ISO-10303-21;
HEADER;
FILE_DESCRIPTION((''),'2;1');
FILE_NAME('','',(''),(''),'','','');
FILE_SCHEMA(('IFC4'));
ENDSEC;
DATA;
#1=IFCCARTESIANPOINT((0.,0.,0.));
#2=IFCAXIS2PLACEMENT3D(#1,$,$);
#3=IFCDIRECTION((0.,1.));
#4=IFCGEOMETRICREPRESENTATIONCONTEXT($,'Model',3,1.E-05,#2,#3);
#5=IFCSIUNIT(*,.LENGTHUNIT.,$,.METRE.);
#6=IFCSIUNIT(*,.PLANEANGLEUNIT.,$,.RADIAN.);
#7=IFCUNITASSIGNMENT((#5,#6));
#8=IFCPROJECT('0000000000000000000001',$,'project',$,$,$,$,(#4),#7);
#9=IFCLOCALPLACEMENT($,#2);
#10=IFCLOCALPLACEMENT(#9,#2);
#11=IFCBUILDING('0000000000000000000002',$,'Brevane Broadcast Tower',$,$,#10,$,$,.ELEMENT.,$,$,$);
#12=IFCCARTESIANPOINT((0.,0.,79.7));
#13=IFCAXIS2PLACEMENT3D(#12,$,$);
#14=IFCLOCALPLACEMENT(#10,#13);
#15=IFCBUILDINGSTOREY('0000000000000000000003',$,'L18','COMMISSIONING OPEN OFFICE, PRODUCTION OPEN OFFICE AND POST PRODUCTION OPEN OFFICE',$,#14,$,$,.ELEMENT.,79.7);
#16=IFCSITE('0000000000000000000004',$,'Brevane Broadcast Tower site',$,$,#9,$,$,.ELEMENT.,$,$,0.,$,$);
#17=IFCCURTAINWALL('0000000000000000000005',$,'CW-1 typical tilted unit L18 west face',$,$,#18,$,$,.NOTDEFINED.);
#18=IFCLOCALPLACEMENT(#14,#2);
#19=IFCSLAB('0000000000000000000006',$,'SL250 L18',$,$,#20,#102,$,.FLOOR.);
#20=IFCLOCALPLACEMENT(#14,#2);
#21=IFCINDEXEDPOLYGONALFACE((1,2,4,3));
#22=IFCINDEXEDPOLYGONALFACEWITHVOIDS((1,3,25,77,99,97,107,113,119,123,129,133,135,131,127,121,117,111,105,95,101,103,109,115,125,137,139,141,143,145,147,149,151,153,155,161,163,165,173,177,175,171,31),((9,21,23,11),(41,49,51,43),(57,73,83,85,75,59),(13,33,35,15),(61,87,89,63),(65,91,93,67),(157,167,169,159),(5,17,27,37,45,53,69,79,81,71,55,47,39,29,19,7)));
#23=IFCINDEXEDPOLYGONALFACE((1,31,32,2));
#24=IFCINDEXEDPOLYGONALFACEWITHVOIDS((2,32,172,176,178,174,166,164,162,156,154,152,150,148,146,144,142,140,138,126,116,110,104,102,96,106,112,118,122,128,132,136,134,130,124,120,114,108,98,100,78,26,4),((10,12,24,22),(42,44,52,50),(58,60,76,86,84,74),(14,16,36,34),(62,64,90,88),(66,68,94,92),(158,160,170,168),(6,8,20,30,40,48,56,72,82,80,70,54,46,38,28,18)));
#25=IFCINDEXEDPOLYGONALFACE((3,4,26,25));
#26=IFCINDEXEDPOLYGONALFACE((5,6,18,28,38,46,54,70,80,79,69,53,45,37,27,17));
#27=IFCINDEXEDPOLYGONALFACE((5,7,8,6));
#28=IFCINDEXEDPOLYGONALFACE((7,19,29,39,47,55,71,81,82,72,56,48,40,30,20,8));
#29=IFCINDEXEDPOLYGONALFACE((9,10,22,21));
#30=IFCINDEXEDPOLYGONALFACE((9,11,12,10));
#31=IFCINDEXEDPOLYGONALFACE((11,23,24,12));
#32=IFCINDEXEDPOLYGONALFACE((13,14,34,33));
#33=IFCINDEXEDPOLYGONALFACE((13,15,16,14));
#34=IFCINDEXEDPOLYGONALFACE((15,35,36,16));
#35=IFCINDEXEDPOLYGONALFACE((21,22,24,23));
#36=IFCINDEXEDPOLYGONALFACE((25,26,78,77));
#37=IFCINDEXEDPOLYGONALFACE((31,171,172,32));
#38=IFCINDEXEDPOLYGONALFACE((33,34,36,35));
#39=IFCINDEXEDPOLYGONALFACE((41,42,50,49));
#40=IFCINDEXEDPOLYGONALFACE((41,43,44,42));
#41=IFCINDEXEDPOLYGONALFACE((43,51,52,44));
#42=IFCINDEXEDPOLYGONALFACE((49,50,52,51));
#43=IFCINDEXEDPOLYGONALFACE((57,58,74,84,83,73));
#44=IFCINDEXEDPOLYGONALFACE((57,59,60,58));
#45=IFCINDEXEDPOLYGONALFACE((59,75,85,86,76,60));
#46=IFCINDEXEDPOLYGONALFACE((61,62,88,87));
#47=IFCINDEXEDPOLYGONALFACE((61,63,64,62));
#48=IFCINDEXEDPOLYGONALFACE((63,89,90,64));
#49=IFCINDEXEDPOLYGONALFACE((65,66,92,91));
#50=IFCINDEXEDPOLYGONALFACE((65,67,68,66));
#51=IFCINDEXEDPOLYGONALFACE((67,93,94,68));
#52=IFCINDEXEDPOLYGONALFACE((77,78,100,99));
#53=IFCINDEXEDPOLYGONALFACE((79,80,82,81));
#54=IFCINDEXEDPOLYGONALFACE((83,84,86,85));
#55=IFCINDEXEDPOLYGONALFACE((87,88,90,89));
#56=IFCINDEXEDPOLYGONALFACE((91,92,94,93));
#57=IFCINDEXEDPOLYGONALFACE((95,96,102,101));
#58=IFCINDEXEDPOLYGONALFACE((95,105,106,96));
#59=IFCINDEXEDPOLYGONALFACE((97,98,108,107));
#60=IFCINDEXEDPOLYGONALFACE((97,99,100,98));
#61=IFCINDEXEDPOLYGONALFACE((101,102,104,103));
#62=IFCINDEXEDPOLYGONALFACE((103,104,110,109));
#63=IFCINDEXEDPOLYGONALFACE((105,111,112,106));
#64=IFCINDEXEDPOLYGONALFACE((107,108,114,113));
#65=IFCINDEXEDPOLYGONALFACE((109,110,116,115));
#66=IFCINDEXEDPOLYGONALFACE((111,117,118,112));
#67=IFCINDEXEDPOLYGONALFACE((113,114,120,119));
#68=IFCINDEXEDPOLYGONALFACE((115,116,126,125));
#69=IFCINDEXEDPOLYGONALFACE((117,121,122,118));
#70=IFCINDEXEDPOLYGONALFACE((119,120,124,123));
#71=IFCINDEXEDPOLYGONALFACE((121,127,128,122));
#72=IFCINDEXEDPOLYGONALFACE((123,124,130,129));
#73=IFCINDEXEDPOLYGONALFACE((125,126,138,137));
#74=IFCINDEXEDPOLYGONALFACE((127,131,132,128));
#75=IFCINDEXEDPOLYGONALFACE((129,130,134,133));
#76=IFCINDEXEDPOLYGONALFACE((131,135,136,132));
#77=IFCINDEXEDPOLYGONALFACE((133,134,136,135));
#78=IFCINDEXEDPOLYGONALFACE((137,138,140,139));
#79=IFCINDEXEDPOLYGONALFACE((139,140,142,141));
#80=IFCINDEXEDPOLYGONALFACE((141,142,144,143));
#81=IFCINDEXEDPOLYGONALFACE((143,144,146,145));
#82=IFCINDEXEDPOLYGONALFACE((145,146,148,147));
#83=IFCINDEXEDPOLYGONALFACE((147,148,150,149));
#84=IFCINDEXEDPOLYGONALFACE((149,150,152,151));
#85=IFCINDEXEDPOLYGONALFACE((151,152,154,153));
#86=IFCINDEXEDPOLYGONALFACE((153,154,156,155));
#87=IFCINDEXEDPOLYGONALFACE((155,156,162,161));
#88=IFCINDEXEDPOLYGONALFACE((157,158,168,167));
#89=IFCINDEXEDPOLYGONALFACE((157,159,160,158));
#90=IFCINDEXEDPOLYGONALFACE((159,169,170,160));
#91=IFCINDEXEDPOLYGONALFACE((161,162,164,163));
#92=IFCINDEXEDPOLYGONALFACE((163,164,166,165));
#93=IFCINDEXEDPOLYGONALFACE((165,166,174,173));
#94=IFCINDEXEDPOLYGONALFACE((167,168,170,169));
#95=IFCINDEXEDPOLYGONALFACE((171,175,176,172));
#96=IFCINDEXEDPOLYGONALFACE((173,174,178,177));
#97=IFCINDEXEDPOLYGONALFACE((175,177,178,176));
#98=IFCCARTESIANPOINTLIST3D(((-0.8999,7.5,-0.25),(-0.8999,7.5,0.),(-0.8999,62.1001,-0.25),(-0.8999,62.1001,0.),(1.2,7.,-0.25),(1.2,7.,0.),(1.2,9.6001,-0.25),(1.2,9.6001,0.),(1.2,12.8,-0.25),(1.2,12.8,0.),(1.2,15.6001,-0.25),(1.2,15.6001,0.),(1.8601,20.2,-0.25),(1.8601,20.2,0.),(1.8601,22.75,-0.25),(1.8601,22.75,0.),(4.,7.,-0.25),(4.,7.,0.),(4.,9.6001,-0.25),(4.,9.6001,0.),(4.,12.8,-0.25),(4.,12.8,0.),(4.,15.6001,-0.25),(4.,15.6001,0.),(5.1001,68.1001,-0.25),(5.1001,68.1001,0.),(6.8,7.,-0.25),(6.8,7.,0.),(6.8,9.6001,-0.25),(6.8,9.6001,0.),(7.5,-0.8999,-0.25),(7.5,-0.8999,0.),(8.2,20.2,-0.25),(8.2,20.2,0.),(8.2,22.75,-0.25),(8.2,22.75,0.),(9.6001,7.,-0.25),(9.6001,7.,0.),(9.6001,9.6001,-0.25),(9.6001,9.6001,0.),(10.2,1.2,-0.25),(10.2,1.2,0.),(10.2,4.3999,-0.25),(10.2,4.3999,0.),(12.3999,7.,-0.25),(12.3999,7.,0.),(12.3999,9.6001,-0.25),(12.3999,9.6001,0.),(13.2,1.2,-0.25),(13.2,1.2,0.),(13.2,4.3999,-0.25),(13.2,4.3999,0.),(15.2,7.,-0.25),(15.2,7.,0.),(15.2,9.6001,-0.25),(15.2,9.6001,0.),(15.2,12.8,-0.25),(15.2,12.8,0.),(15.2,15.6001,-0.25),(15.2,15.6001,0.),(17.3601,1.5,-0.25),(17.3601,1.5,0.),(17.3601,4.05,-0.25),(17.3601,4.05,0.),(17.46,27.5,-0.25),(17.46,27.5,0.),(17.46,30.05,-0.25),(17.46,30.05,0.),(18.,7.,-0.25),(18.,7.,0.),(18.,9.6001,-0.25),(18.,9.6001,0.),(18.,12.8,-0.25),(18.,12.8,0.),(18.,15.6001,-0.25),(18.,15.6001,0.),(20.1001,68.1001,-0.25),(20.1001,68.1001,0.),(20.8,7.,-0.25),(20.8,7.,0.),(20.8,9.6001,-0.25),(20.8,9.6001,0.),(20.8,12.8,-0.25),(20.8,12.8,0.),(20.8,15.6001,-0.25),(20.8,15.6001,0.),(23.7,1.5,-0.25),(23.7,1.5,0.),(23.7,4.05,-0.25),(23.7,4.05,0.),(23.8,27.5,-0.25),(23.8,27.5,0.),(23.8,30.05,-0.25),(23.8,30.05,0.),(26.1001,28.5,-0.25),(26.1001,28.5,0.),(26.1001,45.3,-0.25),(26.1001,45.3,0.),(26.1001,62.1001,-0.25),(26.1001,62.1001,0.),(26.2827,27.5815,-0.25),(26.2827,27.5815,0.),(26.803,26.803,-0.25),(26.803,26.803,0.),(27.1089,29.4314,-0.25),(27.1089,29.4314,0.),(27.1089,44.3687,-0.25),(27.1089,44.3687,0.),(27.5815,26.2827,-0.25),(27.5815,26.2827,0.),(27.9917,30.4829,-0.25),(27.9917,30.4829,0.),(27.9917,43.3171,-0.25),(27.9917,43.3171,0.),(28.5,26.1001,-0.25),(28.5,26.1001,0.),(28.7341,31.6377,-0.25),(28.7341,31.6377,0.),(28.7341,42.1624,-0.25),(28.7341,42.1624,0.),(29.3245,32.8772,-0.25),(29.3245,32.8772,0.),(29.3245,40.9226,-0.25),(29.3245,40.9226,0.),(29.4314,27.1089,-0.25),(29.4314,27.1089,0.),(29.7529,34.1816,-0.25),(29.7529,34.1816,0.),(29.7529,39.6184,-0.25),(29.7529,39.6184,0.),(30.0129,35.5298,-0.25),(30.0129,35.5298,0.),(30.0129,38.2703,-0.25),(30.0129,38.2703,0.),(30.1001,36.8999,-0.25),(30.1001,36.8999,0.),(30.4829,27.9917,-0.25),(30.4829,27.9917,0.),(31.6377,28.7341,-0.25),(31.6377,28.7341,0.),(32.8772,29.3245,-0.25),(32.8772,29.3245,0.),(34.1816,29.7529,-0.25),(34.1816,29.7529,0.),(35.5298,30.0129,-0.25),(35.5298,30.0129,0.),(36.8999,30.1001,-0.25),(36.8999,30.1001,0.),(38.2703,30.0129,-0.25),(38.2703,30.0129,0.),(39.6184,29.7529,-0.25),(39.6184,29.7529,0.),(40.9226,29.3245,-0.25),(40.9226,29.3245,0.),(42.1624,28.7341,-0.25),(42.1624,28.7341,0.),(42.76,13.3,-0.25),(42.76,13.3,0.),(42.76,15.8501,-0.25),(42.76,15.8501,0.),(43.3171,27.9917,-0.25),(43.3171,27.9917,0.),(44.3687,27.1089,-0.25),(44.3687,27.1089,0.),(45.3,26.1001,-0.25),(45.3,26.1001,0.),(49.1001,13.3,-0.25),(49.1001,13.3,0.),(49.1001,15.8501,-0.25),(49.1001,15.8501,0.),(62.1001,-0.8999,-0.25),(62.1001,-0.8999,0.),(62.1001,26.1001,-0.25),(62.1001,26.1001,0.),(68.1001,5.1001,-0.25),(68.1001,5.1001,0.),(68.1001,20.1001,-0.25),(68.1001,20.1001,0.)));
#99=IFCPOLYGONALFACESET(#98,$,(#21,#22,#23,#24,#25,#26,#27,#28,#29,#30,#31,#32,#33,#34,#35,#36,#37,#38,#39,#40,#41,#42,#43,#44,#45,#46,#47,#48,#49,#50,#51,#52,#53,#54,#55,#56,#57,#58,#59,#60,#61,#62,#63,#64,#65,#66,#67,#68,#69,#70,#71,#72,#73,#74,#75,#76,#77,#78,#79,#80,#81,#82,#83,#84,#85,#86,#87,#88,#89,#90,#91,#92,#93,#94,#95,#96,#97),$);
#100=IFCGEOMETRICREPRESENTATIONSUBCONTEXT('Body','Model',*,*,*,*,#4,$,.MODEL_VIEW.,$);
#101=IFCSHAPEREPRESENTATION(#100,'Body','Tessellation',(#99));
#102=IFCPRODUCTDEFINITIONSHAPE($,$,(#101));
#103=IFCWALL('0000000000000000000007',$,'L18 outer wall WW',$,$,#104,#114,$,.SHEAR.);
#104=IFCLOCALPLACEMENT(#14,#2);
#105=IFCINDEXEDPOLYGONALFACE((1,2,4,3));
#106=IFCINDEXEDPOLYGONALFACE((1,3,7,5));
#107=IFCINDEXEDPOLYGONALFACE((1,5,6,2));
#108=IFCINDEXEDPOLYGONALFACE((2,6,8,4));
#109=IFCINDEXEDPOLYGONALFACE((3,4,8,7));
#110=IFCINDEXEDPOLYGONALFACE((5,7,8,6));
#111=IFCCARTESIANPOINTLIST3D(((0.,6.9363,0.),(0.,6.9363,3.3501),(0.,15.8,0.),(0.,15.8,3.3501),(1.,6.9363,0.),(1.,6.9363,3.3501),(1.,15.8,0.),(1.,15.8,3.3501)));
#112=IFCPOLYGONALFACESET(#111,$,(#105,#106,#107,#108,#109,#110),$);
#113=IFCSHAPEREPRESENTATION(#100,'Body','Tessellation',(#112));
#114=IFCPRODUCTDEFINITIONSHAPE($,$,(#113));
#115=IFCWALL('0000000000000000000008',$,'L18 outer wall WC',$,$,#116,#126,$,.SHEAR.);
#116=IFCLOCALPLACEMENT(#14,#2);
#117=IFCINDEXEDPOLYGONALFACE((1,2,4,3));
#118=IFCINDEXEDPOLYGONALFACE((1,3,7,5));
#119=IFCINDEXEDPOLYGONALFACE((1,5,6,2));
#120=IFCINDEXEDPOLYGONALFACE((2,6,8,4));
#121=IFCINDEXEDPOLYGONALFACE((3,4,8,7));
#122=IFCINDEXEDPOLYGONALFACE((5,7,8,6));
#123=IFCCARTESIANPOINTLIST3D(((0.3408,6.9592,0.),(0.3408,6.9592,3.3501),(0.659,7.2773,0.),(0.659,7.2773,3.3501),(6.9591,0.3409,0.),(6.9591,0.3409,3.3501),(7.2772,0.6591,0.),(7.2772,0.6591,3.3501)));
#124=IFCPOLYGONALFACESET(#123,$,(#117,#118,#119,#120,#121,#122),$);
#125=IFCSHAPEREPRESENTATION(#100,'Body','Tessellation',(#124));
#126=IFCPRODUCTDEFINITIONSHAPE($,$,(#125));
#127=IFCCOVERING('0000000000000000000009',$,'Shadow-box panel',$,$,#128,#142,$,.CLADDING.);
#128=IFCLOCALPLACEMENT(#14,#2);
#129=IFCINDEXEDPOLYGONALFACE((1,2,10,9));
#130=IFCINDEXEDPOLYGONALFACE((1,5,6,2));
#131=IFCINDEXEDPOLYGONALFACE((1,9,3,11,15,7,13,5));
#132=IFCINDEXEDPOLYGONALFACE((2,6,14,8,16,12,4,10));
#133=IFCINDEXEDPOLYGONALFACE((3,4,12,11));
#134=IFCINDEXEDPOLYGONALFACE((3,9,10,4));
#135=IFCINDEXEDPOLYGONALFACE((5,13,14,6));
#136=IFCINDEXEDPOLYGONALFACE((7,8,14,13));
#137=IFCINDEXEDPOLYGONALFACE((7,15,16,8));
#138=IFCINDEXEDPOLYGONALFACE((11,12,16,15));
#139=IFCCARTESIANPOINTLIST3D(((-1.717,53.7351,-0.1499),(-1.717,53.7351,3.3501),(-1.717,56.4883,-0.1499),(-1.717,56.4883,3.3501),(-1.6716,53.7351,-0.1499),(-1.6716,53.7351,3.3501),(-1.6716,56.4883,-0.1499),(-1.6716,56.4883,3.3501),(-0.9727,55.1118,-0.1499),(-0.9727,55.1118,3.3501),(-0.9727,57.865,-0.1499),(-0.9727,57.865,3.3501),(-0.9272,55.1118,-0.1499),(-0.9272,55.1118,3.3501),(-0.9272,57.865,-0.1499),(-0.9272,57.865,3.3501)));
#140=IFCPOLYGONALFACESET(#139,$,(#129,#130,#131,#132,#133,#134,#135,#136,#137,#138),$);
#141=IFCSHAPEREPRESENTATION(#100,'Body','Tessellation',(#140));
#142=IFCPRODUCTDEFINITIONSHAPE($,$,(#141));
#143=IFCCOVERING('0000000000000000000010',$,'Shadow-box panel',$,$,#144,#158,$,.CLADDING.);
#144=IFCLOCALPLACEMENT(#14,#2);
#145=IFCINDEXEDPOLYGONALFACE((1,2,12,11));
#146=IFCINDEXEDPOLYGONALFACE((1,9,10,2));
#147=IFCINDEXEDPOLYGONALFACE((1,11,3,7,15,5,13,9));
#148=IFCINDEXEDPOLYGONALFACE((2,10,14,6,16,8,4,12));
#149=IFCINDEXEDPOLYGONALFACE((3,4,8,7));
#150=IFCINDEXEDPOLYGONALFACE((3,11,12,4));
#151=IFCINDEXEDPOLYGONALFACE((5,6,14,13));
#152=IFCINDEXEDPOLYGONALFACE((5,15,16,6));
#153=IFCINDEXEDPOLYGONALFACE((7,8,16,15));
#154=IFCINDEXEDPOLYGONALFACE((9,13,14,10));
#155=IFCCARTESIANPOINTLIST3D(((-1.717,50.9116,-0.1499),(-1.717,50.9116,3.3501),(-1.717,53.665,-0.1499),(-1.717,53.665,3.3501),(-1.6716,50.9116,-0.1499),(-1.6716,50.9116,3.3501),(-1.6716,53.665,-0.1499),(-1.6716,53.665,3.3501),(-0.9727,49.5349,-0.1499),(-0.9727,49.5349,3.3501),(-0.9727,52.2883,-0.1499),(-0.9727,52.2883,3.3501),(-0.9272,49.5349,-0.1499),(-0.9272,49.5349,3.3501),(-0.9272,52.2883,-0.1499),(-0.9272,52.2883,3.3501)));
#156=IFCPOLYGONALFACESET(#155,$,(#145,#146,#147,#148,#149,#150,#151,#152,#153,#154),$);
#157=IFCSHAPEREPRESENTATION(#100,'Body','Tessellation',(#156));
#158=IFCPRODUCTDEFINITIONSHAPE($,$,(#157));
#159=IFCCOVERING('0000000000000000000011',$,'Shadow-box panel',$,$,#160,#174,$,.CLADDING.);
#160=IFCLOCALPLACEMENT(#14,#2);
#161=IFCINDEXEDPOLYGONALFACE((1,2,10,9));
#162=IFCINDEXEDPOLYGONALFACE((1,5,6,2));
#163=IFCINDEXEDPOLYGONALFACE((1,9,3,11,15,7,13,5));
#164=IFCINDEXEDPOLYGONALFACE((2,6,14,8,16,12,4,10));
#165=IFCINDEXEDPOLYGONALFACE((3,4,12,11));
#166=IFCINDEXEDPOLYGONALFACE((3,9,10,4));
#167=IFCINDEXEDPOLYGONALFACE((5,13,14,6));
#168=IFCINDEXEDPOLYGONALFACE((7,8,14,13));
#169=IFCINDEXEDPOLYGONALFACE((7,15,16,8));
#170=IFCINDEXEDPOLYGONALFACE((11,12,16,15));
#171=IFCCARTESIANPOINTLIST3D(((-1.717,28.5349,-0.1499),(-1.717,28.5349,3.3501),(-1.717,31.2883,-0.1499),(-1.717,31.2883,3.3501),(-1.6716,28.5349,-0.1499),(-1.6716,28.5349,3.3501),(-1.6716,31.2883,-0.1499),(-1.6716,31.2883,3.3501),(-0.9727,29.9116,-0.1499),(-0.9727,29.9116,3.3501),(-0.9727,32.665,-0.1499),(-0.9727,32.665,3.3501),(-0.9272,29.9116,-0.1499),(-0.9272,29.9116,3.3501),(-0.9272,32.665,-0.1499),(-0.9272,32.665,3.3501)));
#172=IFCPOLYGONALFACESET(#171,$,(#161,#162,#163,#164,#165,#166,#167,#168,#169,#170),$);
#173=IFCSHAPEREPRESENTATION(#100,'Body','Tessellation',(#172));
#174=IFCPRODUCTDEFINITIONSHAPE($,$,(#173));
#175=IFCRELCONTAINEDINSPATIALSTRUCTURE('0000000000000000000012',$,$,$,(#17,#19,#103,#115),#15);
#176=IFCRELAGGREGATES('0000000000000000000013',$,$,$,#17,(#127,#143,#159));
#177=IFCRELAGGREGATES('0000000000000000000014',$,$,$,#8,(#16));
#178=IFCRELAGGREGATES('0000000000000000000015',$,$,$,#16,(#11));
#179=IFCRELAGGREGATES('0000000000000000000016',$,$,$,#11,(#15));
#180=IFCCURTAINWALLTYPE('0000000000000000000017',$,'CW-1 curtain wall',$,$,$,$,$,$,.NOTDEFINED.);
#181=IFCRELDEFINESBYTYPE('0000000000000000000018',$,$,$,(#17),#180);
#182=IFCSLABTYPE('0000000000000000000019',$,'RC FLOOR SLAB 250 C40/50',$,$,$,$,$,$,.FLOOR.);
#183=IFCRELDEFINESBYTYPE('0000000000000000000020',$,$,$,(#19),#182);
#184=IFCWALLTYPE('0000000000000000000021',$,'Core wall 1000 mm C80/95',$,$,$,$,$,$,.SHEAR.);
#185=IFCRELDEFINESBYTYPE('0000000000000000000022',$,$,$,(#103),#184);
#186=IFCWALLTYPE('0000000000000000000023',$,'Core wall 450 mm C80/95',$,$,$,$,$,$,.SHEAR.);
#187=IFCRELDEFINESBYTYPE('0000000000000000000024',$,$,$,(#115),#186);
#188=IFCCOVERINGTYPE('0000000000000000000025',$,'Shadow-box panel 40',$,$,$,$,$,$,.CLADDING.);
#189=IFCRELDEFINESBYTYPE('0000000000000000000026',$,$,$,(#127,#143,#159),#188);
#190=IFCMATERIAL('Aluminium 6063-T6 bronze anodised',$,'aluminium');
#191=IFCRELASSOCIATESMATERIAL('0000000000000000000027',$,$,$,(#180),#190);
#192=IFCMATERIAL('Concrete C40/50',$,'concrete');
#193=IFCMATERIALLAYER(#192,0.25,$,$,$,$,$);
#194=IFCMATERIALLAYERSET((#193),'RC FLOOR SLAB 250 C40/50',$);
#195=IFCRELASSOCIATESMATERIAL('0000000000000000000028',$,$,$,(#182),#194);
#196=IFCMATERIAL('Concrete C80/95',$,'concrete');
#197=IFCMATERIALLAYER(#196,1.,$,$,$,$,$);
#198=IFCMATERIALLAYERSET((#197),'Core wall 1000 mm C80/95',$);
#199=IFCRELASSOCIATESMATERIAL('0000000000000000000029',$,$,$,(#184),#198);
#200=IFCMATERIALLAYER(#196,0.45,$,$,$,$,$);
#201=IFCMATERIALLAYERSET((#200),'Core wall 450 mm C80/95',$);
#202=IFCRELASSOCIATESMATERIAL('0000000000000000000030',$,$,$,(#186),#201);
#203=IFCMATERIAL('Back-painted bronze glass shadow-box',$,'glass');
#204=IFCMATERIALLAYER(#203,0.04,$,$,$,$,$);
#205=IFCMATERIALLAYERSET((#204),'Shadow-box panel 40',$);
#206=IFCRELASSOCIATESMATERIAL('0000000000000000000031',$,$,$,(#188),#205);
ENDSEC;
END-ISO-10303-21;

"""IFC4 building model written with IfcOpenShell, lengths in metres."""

from ifc_helpers import new_model, si_unit, direction, frame, frame_2d, origin, place, context, subcontext, project, spatial, polyline, rectangle, outline, extrude, material, layer, layer_set, type_object, element, aggregate, save


model = new_model("IFC4")

# Units and contexts
model_context = context("Model", 3, precision=1e-05, world=origin(), true_north=direction((0.0, 1.0)))
body_context = subcontext(model_context, "Body", "Model", "MODEL_VIEW")
ifc_project = project(units=[si_unit("LENGTHUNIT", "METRE"), si_unit("PLANEANGLEUNIT", "RADIAN")], contexts=[model_context])

# Site, building, storey
site_placement = place(None, origin())
site = spatial("IfcSite", under=ifc_project, at=site_placement, Name="Brevane Broadcast Tower site", CompositionType="ELEMENT", RefElevation=0.0)
building_placement = place(site_placement, origin())
building = spatial("IfcBuilding", under=site, at=building_placement, Name="Brevane Broadcast Tower", CompositionType="ELEMENT")
storey_placement = place(building_placement, frame((0.0, 0.0, 79.7)))
storey = spatial("IfcBuildingStorey", under=building, at=storey_placement, Name="L18", Description="COMMISSIONING OPEN OFFICE, PRODUCTION OPEN OFFICE AND POST PRODUCTION OPEN OFFICE", CompositionType="ELEMENT", Elevation=79.7)

# Shared definitions
ifc_material_1 = material(Name="Aluminium 6063-T6 bronze anodised", Category="aluminium")
curtain_wall_type = type_object("IfcCurtainWallType", Name="CW-1 curtain wall", PredefinedType="NOTDEFINED", material=ifc_material_1)

# Curtain wall
curtain_wall_1_placement = place(storey_placement, origin())
curtain_wall_1 = element("IfcCurtainWall", 1, at=curtain_wall_1_placement, inside=storey, type_object=curtain_wall_type, Name="CW-1 typical tilted unit L18 west face", PredefinedType="NOTDEFINED")

# Slab
ifc_material_2 = material(Name="Concrete C40/50", Category="concrete")
ifc_layer_1 = layer(ifc_material_2, 0.25)
ifc_layer_set_1 = layer_set([ifc_layer_1], Name="RC FLOOR SLAB 250 C40/50")
slab_type_1 = type_object("IfcSlabType", Name="RC FLOOR SLAB 250 C40/50", PredefinedType="FLOOR", material=ifc_layer_set_1)
slab_1_placement = place(storey_placement, frame((0.0, 0.0, -0.25)))
element("IfcSlab", 2, at=slab_1_placement, inside=storey, type_object=slab_type_1, Name="SL250 L18", PredefinedType="FLOOR", context=body_context, shape_type="SweptSolid", body=[
    extrude(outline(polyline([(-0.8999, 7.5), (-0.8999, 62.1001), (5.1001, 68.1001), (20.1001, 68.1001), (26.1001, 62.1001), (26.1001, 45.3), (27.1089, 44.3687), (27.9917, 43.3171), (28.7341, 42.1624), (29.3245, 40.9226), (29.7529, 39.6184), (30.0129, 38.2703), (30.1001, 36.8999), (30.0129, 35.5298), (29.7529, 34.1816), (29.3245, 32.8772), (28.7341, 31.6377), (27.9917, 30.4829), (27.1089, 29.4314), (26.1001, 28.5), (26.2827, 27.5815), (26.803, 26.803), (27.5815, 26.2827), (28.5, 26.1001), (29.4314, 27.1089), (30.4829, 27.9917), (31.6377, 28.7341), (32.8772, 29.3245), (34.1816, 29.7529), (35.5298, 30.0129), (36.8999, 30.1001), (38.2703, 30.0129), (39.6184, 29.7529), (40.9226, 29.3245), (42.1624, 28.7341), (43.3171, 27.9917), (44.3687, 27.1089), (45.3, 26.1001), (62.1001, 26.1001), (68.1001, 20.1001), (68.1001, 5.1001), (62.1001, -0.8999), (7.5, -0.8999), (-0.8999, 7.5)]), holes=[polyline([(13.2, 4.3999), (10.2, 4.3999), (10.2, 1.2), (13.2, 1.2), (13.2, 4.3999)]), polyline([(4.0, 9.6001), (1.2, 9.6001), (1.2, 7.0), (4.0, 7.0), (6.8, 7.0), (9.6001, 7.0), (12.3999, 7.0), (15.2, 7.0), (18.0, 7.0), (20.8, 7.0), (20.8, 9.6001), (18.0, 9.6001), (15.2, 9.6001), (12.3999, 9.6001), (9.6001, 9.6001), (6.8, 9.6001), (4.0, 9.6001)]), polyline([(4.0, 12.8), (4.0, 15.6001), (1.2, 15.6001), (1.2, 12.8), (4.0, 12.8)]), polyline([(8.2, 22.75), (1.8601, 22.75), (1.8601, 20.2), (8.2, 20.2), (8.2, 22.75)]), polyline([(23.7, 4.05), (17.3601, 4.05), (17.3601, 1.5), (23.7, 1.5), (23.7, 4.05)]), polyline([(18.0, 15.6001), (15.2, 15.6001), (15.2, 12.8), (18.0, 12.8), (20.8, 12.8), (20.8, 15.6001), (18.0, 15.6001)]), polyline([(49.1001, 15.8501), (42.76, 15.8501), (42.76, 13.3), (49.1001, 13.3), (49.1001, 15.8501)]), polyline([(23.8, 30.05), (17.46, 30.05), (17.46, 27.5), (23.8, 27.5), (23.8, 30.05)])]), origin(), (0.0, 0.0, 1.0), 0.25),
])

# Walls
ifc_material_3 = material(Name="Concrete C80/95", Category="concrete")
ifc_layer_2 = layer(ifc_material_3, 1.0)
ifc_layer_set_2 = layer_set([ifc_layer_2], Name="Core wall 1000 mm C80/95")
wall_type_1 = type_object("IfcWallType", Name="Core wall 1000 mm C80/95", PredefinedType="SHEAR", material=ifc_layer_set_2)
wall_1_placement = place(storey_placement, frame((0.5, 6.9363, 0.0), z_axis=(0.0, 0.0, 1.0), x_axis=(0.0, 1.0, 0.0)))
element("IfcWall", 3, at=wall_1_placement, inside=storey, type_object=wall_type_1, Name="L18 outer wall WW", PredefinedType="SHEAR", context=body_context, shape_type="SweptSolid", body=[
    extrude(rectangle(XDim=8.8638, YDim=1.0, at=frame_2d((4.4319, 0.0))), origin(), (0.0, 0.0, 1.0), 3.3501),
])
ifc_layer_3 = layer(ifc_material_3, 0.45)
ifc_layer_set_3 = layer_set([ifc_layer_3], Name="Core wall 450 mm C80/95")
wall_type_2 = type_object("IfcWallType", Name="Core wall 450 mm C80/95", PredefinedType="SHEAR", material=ifc_layer_set_3)
wall_2_placement = place(storey_placement, frame((0.5, 7.1182, 0.0), z_axis=(0.0, 0.0, 1.0), x_axis=(0.707107, -0.707107, 0.0)))
element("IfcWall", 4, at=wall_2_placement, inside=storey, type_object=wall_type_2, Name="L18 outer wall WC", PredefinedType="SHEAR", context=body_context, shape_type="SweptSolid", body=[
    extrude(rectangle(XDim=9.3596, YDim=0.45, at=frame_2d((4.6797, 0.0))), origin(), (0.0, 0.0, 1.0), 3.3501),
])

# Coverings
ifc_material_4 = material(Name="Back-painted bronze glass shadow-box", Category="glass")
ifc_layer_4 = layer(ifc_material_4, 0.04)
ifc_layer_set_4 = layer_set([ifc_layer_4], Name="Shadow-box panel 40")
covering_type = type_object("IfcCoveringType", Name="Shadow-box panel 40", PredefinedType="CLADDING", material=ifc_layer_set_4)
covering_1_placement = place(storey_placement, frame((0.0, 0.0, -0.1499)))
covering_1 = element("IfcCovering", 5, at=covering_1_placement, type_object=covering_type, Name="Shadow-box panel", PredefinedType="CLADDING", context=body_context, shape_type="SweptSolid", body=[
    extrude(outline(polyline([(-0.9272, 57.865), (-0.9727, 57.865), (-1.717, 56.4883), (-0.9727, 55.1118), (-1.717, 53.7351), (-1.6716, 53.7351), (-0.9272, 55.1118), (-1.6716, 56.4883), (-0.9272, 57.865)])), origin(), (0.0, 0.0, 1.0), 3.5),
])
covering_2_placement = place(storey_placement, frame((0.0, 0.0, -0.1499)))
covering_2 = element("IfcCovering", 6, at=covering_2_placement, type_object=covering_type, Name="Shadow-box panel", PredefinedType="CLADDING", context=body_context, shape_type="SweptSolid", body=[
    extrude(outline(polyline([(-1.6716, 53.665), (-1.717, 53.665), (-0.9727, 52.2883), (-1.717, 50.9116), (-0.9727, 49.5349), (-0.9272, 49.5349), (-1.6716, 50.9116), (-0.9272, 52.2883), (-1.6716, 53.665)])), origin(), (0.0, 0.0, 1.0), 3.5),
])
covering_3_placement = place(storey_placement, frame((0.0, 0.0, -0.1499)))
covering_3 = element("IfcCovering", 7, at=covering_3_placement, type_object=covering_type, Name="Shadow-box panel", PredefinedType="CLADDING", context=body_context, shape_type="SweptSolid", body=[
    extrude(outline(polyline([(-0.9272, 32.665), (-0.9727, 32.665), (-1.717, 31.2883), (-0.9727, 29.9116), (-1.717, 28.5349), (-1.6716, 28.5349), (-0.9272, 29.9116), (-1.6716, 31.2883), (-0.9272, 32.665)])), origin(), (0.0, 0.0, 1.0), 3.5),
])
aggregate(curtain_wall_1, [covering_1, covering_2, covering_3])

save(model, "model.ifc")
